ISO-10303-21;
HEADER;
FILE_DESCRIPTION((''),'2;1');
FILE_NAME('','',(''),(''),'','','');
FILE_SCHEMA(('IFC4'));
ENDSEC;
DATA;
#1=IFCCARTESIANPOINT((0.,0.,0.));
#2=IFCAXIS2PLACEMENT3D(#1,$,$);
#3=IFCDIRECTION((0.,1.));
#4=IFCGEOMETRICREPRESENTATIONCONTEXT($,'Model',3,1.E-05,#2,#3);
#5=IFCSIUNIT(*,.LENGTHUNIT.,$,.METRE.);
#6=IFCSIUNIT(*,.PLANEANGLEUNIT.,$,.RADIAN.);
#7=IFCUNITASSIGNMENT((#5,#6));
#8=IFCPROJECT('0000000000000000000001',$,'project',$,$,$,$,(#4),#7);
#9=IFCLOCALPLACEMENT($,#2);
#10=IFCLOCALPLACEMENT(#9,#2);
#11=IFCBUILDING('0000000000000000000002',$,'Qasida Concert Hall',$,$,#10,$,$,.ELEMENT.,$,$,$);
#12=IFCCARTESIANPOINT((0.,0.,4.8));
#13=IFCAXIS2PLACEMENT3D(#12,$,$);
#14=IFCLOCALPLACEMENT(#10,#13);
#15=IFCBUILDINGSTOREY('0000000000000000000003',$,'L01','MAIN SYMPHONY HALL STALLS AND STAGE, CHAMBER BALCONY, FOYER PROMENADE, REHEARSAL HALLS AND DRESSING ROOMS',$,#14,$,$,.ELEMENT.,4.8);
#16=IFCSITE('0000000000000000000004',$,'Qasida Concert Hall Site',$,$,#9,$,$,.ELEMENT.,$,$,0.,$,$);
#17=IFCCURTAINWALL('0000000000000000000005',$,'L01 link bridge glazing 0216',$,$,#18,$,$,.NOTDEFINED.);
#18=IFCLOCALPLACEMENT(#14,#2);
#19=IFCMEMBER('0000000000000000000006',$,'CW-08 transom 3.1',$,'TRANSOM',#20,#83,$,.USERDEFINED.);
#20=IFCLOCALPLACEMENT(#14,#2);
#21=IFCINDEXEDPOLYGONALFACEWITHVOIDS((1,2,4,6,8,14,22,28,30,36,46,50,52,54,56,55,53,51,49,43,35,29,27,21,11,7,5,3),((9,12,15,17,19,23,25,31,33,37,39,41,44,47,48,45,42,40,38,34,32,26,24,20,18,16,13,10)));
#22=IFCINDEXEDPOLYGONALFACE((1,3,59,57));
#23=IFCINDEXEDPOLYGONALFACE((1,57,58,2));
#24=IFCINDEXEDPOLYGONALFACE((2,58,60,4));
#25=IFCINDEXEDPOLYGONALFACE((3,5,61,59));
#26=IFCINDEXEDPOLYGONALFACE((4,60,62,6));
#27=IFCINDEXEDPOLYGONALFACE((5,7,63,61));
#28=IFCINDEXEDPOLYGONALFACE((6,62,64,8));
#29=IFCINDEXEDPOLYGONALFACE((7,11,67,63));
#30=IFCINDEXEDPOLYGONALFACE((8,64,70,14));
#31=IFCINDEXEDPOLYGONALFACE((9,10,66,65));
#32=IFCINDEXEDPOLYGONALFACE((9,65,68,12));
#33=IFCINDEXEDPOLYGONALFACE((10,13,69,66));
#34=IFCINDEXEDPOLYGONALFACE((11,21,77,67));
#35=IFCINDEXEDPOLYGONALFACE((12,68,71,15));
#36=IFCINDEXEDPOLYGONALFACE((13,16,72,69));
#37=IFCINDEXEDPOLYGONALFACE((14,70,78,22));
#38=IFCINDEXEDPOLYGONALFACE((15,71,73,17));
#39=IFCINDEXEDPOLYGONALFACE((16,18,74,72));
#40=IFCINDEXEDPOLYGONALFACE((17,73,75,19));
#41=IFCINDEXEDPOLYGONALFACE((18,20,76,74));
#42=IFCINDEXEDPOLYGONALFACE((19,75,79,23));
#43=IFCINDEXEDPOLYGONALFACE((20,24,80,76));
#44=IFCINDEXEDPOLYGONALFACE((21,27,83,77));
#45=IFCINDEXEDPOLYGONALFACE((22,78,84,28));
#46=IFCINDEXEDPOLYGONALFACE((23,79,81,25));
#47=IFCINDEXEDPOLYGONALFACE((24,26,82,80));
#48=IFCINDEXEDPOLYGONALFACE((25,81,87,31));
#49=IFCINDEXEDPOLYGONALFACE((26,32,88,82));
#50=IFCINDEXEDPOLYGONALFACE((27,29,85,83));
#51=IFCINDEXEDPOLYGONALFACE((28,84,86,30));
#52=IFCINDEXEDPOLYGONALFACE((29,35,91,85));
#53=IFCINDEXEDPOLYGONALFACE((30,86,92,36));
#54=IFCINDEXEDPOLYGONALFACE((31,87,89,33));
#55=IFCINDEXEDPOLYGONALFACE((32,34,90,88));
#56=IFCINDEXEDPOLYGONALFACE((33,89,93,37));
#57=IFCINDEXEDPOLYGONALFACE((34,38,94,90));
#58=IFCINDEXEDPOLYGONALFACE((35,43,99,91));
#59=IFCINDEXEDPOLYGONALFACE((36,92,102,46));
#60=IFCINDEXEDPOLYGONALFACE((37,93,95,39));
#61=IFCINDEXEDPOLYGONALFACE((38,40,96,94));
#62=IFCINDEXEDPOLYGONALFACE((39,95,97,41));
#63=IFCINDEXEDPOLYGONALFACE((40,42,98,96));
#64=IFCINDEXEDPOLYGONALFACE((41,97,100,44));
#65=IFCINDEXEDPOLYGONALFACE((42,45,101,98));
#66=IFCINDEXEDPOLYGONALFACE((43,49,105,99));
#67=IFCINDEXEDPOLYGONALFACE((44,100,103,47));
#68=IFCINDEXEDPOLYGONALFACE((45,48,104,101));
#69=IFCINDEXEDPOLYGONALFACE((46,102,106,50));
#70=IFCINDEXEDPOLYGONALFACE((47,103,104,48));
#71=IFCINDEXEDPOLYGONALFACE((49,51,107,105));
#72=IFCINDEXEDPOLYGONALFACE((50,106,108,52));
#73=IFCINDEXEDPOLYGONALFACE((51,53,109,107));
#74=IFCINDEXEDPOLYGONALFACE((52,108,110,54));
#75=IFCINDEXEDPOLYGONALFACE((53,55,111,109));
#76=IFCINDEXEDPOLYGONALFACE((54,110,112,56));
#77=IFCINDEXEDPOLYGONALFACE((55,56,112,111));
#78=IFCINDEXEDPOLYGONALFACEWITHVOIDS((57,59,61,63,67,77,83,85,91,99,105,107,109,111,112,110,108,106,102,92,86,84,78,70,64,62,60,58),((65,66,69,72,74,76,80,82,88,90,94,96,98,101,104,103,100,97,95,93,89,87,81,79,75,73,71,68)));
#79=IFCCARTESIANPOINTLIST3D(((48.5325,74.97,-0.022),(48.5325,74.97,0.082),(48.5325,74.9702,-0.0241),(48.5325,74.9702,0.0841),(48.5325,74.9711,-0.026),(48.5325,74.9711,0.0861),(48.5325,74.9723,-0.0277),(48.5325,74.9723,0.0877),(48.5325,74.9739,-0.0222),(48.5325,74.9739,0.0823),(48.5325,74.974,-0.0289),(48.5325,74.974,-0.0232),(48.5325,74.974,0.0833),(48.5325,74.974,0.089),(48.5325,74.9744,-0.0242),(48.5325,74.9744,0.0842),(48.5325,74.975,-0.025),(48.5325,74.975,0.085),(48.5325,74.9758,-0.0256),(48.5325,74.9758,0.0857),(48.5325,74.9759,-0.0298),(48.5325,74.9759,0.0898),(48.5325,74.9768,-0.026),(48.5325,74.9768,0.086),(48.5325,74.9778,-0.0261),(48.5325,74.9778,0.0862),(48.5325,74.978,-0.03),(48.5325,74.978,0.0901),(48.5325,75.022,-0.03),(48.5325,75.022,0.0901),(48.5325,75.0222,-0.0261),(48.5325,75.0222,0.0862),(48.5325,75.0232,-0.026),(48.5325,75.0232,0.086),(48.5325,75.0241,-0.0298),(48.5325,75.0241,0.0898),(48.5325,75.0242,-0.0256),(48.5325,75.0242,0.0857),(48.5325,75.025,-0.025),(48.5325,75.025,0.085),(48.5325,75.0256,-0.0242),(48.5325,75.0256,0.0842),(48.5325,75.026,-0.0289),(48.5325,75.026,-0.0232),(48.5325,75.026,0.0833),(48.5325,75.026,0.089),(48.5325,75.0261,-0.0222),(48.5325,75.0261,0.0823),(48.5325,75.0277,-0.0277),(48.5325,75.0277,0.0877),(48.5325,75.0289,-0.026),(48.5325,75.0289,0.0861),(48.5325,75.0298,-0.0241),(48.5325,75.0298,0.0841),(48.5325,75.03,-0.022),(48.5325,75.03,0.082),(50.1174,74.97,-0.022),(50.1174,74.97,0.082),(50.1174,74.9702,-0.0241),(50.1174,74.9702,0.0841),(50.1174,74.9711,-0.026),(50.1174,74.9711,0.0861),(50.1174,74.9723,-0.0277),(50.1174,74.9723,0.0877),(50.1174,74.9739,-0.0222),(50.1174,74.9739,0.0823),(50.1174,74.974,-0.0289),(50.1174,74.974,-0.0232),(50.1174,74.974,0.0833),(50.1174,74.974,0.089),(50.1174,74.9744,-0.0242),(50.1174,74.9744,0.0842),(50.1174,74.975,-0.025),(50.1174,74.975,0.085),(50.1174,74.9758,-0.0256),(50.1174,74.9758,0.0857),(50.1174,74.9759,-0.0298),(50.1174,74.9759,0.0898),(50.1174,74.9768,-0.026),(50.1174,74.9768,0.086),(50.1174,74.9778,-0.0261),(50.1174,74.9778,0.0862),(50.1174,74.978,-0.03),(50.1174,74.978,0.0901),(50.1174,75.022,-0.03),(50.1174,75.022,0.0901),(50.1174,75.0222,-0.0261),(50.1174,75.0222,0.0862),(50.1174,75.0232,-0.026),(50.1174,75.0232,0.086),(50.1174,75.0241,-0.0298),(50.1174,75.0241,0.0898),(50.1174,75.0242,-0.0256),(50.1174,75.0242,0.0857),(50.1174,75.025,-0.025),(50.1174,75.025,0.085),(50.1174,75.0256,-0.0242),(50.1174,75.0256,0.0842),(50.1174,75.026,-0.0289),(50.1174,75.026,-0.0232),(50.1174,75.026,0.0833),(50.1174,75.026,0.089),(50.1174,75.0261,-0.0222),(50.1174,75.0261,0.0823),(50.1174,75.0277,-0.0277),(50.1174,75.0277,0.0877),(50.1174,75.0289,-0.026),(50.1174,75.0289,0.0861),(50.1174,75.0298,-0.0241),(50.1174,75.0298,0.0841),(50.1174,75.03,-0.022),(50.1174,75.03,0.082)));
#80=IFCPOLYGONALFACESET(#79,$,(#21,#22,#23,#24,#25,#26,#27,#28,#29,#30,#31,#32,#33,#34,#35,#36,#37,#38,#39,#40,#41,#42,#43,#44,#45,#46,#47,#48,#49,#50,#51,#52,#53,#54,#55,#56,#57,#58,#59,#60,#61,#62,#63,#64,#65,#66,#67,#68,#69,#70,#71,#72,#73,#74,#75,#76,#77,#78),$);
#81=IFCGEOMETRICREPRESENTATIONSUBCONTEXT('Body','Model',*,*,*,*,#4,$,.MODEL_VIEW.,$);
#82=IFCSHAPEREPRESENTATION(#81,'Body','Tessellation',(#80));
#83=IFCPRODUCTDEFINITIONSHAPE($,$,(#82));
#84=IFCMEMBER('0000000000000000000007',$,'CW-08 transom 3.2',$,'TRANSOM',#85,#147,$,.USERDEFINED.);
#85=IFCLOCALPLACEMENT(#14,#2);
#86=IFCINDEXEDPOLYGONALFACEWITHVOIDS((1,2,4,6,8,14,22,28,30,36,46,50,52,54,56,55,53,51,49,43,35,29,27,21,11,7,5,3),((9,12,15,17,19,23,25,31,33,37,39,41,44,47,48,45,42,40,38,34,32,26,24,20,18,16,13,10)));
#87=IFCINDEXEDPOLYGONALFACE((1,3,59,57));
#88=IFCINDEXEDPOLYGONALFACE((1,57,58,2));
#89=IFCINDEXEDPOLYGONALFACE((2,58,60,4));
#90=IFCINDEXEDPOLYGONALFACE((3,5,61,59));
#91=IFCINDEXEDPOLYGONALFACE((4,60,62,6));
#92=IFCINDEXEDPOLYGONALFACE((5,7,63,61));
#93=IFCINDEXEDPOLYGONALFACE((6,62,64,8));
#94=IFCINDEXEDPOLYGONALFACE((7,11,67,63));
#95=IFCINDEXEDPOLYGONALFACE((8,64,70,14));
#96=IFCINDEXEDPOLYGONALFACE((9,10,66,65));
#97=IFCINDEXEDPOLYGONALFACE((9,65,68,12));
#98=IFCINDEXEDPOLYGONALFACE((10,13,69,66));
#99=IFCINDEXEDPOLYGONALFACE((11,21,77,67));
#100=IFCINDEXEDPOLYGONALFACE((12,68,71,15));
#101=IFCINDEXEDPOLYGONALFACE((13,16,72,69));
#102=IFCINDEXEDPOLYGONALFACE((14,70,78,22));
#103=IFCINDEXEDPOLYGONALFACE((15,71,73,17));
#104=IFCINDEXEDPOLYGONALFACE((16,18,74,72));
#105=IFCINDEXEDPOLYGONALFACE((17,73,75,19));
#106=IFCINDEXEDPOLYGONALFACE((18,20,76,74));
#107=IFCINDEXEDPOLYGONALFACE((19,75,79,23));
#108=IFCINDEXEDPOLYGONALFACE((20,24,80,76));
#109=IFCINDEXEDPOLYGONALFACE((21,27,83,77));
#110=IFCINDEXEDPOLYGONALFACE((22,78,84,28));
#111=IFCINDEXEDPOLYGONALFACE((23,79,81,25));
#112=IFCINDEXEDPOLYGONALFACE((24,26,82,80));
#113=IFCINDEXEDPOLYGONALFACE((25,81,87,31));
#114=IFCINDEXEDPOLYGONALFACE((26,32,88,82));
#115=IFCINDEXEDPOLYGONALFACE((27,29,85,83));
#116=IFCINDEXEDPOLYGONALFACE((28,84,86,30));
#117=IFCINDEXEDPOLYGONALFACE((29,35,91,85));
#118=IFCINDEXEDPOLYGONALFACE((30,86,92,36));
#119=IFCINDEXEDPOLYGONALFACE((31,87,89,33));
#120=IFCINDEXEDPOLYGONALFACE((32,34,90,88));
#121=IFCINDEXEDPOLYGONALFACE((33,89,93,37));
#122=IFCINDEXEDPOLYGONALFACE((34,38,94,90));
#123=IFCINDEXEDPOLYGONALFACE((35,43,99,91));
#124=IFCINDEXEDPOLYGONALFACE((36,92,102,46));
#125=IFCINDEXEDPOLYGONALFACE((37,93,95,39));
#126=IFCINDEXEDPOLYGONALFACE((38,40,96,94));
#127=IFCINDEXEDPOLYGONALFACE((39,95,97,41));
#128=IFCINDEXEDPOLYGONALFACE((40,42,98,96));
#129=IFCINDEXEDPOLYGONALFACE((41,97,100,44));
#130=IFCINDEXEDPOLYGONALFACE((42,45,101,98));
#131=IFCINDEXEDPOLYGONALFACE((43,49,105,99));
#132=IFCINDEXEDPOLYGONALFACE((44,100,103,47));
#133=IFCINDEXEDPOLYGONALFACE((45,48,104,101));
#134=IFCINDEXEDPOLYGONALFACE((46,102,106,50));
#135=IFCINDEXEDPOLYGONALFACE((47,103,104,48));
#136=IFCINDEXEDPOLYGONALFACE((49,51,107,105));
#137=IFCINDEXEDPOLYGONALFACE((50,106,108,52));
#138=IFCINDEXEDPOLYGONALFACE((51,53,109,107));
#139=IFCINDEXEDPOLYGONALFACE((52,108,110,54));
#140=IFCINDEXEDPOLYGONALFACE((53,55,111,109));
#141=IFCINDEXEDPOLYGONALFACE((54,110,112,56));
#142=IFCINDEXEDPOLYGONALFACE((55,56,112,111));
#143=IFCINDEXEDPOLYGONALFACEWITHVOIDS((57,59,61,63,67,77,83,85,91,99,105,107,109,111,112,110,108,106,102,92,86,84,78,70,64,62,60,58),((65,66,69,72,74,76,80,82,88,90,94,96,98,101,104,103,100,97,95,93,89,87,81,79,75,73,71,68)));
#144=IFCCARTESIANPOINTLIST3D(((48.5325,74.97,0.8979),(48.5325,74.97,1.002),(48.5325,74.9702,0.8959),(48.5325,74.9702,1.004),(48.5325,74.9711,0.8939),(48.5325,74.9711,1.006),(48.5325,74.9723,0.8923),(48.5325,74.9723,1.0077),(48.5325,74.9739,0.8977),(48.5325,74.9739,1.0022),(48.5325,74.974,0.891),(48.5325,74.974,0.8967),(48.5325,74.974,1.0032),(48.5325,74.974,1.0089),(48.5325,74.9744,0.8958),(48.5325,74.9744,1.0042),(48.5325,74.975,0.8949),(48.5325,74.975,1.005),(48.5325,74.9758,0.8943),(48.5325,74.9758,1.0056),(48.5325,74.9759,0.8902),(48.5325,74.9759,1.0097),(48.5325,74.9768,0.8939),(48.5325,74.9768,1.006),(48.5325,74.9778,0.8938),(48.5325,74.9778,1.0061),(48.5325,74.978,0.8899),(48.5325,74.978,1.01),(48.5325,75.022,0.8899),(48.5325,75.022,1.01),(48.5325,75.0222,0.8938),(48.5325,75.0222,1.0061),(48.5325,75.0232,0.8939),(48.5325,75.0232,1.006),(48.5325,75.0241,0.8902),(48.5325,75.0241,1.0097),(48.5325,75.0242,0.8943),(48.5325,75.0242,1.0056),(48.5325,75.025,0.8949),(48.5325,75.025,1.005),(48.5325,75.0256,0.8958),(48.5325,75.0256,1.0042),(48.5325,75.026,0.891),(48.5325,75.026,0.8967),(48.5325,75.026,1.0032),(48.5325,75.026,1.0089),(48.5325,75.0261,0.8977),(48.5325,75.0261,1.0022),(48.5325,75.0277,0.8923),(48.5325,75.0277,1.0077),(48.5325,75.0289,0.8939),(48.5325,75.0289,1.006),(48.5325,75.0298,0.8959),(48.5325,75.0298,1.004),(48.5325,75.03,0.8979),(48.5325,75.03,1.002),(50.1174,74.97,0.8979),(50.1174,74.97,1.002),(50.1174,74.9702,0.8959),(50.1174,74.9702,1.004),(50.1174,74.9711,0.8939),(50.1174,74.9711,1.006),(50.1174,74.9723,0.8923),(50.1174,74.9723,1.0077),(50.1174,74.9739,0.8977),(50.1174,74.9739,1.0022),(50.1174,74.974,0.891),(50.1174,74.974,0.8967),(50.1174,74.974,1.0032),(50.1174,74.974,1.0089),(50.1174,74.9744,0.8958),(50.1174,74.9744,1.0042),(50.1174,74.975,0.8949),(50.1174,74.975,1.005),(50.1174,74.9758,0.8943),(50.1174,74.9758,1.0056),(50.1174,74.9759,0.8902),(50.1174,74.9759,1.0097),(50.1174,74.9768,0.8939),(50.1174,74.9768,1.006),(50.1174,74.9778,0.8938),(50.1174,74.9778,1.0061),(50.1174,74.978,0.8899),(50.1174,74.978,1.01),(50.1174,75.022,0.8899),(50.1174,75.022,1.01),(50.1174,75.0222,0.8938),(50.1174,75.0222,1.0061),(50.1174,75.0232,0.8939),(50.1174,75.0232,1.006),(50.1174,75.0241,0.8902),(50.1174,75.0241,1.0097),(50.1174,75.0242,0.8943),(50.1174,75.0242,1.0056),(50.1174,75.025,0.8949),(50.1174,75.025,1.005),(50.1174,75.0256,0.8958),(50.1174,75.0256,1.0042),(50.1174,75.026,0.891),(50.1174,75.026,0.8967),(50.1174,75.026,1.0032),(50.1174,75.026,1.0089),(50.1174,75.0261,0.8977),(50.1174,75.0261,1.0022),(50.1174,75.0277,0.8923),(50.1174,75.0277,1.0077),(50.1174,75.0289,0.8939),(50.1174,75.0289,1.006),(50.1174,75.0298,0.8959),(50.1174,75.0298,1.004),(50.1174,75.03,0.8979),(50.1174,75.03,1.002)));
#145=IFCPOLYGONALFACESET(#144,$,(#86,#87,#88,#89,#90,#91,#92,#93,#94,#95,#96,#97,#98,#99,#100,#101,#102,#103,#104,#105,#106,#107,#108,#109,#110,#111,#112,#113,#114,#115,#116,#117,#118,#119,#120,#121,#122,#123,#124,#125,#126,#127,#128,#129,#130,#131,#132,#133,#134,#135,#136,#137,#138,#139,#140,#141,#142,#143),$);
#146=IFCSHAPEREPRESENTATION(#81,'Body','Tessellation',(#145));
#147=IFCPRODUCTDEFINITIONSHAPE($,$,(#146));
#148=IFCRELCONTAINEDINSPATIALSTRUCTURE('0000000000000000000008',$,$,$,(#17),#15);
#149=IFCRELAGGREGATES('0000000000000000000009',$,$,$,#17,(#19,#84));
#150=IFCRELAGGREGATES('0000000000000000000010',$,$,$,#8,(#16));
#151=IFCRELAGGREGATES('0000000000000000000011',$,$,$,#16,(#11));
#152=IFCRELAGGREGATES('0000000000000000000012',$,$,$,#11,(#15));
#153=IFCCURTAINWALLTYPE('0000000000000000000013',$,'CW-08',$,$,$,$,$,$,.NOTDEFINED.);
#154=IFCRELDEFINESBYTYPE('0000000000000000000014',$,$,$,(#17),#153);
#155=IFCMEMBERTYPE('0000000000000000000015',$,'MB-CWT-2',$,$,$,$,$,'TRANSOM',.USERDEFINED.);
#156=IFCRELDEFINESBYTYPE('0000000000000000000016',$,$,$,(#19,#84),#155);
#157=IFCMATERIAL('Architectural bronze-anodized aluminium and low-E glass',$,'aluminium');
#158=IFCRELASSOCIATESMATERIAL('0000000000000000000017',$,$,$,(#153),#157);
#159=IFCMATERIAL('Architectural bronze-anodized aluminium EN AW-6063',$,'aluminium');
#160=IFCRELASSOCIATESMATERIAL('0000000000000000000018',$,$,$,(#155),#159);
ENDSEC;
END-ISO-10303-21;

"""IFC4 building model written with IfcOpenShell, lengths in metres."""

from ifc_helpers import new_model, si_unit, direction, frame, origin, origin_2d, place, context, subcontext, project, spatial, hollow_rectangle, extrude, material, material_profile, profile_set, type_object, element, aggregate, save


model = new_model("IFC4")

# Units and contexts
model_context = context("Model", 3, precision=1e-05, world=origin(), true_north=direction((0.0, 1.0)))
body_context = subcontext(model_context, "Body", "Model", "MODEL_VIEW")
ifc_project = project(units=[si_unit("LENGTHUNIT", "METRE"), si_unit("PLANEANGLEUNIT", "RADIAN")], contexts=[model_context])

# Site, building, storey
site_placement = place(None, origin())
site = spatial("IfcSite", under=ifc_project, at=site_placement, Name="Qasida Concert Hall Site", CompositionType="ELEMENT", RefElevation=0.0)
building_placement = place(site_placement, origin())
building = spatial("IfcBuilding", under=site, at=building_placement, Name="Qasida Concert Hall", CompositionType="ELEMENT")
storey_placement = place(building_placement, frame((0.0, 0.0, 4.8)))
storey = spatial("IfcBuildingStorey", under=building, at=storey_placement, Name="L01", Description="MAIN SYMPHONY HALL STALLS AND STAGE, CHAMBER BALCONY, FOYER PROMENADE, REHEARSAL HALLS AND DRESSING ROOMS", CompositionType="ELEMENT", Elevation=4.8)

# Curtain wall, members
ifc_material_1 = material(Name="Architectural bronze-anodized aluminium and low-E glass", Category="aluminium")
curtain_wall_type = type_object("IfcCurtainWallType", Name="CW-08", PredefinedType="NOTDEFINED", material=ifc_material_1)
curtain_wall_placement = place(storey_placement, origin())
curtain_wall = element("IfcCurtainWall", 1, at=curtain_wall_placement, inside=storey, type_object=curtain_wall_type, Name="L01 link bridge glazing 0216", PredefinedType="NOTDEFINED")
ifc_material_2 = material(Name="Architectural bronze-anodized aluminium EN AW-6063", Category="aluminium")
ifc_material_profile_1 = material_profile(ifc_material_2, hollow_rectangle(XDim=0.0601, YDim=0.1201, WallThickness=0.0039, InnerFilletRadius=0.0039, OuterFilletRadius=0.0081, at=origin_2d()), Name="CWT 120x60x4")
ifc_profile_set_1 = profile_set([ifc_material_profile_1], Name="Architectural bronze-anodized aluminium EN AW-6063")
member_type_1 = type_object("IfcMemberType", Name="MB-CWT-2", ElementType="TRANSOM", PredefinedType="USERDEFINED", material=ifc_profile_set_1)
member_1_placement = place(storey_placement, frame((48.5325, 75.0, 0.03), z_axis=(1.0, 0.0, 0.0), x_axis=(0.0, 1.0, 0.0)))
member_1 = element("IfcMember", 2, at=member_1_placement, type_object=member_type_1, Name="CW-08 transom 3.1", ObjectType="TRANSOM", PredefinedType="USERDEFINED", context=body_context, shape_type="SweptSolid", body=[
    extrude(hollow_rectangle(XDim=0.0601, YDim=0.1201, WallThickness=0.0039, InnerFilletRadius=0.0039, OuterFilletRadius=0.0081, at=origin_2d()), origin(), (0.0, 0.0, 1.0), 1.585),
])
member_2_placement = place(storey_placement, frame((48.5325, 75.0, 0.95), z_axis=(1.0, 0.0, 0.0), x_axis=(0.0, 1.0, 0.0)))
member_2 = element("IfcMember", 3, at=member_2_placement, type_object=member_type_1, Name="CW-08 transom 3.2", ObjectType="TRANSOM", PredefinedType="USERDEFINED", context=body_context, shape_type="SweptSolid", body=[
    extrude(hollow_rectangle(XDim=0.0601, YDim=0.1201, WallThickness=0.0039, InnerFilletRadius=0.0039, OuterFilletRadius=0.0081, at=origin_2d()), origin(), (0.0, 0.0, 1.0), 1.585),
])
aggregate(curtain_wall, [member_1, member_2])

save(model, "model.ifc")
